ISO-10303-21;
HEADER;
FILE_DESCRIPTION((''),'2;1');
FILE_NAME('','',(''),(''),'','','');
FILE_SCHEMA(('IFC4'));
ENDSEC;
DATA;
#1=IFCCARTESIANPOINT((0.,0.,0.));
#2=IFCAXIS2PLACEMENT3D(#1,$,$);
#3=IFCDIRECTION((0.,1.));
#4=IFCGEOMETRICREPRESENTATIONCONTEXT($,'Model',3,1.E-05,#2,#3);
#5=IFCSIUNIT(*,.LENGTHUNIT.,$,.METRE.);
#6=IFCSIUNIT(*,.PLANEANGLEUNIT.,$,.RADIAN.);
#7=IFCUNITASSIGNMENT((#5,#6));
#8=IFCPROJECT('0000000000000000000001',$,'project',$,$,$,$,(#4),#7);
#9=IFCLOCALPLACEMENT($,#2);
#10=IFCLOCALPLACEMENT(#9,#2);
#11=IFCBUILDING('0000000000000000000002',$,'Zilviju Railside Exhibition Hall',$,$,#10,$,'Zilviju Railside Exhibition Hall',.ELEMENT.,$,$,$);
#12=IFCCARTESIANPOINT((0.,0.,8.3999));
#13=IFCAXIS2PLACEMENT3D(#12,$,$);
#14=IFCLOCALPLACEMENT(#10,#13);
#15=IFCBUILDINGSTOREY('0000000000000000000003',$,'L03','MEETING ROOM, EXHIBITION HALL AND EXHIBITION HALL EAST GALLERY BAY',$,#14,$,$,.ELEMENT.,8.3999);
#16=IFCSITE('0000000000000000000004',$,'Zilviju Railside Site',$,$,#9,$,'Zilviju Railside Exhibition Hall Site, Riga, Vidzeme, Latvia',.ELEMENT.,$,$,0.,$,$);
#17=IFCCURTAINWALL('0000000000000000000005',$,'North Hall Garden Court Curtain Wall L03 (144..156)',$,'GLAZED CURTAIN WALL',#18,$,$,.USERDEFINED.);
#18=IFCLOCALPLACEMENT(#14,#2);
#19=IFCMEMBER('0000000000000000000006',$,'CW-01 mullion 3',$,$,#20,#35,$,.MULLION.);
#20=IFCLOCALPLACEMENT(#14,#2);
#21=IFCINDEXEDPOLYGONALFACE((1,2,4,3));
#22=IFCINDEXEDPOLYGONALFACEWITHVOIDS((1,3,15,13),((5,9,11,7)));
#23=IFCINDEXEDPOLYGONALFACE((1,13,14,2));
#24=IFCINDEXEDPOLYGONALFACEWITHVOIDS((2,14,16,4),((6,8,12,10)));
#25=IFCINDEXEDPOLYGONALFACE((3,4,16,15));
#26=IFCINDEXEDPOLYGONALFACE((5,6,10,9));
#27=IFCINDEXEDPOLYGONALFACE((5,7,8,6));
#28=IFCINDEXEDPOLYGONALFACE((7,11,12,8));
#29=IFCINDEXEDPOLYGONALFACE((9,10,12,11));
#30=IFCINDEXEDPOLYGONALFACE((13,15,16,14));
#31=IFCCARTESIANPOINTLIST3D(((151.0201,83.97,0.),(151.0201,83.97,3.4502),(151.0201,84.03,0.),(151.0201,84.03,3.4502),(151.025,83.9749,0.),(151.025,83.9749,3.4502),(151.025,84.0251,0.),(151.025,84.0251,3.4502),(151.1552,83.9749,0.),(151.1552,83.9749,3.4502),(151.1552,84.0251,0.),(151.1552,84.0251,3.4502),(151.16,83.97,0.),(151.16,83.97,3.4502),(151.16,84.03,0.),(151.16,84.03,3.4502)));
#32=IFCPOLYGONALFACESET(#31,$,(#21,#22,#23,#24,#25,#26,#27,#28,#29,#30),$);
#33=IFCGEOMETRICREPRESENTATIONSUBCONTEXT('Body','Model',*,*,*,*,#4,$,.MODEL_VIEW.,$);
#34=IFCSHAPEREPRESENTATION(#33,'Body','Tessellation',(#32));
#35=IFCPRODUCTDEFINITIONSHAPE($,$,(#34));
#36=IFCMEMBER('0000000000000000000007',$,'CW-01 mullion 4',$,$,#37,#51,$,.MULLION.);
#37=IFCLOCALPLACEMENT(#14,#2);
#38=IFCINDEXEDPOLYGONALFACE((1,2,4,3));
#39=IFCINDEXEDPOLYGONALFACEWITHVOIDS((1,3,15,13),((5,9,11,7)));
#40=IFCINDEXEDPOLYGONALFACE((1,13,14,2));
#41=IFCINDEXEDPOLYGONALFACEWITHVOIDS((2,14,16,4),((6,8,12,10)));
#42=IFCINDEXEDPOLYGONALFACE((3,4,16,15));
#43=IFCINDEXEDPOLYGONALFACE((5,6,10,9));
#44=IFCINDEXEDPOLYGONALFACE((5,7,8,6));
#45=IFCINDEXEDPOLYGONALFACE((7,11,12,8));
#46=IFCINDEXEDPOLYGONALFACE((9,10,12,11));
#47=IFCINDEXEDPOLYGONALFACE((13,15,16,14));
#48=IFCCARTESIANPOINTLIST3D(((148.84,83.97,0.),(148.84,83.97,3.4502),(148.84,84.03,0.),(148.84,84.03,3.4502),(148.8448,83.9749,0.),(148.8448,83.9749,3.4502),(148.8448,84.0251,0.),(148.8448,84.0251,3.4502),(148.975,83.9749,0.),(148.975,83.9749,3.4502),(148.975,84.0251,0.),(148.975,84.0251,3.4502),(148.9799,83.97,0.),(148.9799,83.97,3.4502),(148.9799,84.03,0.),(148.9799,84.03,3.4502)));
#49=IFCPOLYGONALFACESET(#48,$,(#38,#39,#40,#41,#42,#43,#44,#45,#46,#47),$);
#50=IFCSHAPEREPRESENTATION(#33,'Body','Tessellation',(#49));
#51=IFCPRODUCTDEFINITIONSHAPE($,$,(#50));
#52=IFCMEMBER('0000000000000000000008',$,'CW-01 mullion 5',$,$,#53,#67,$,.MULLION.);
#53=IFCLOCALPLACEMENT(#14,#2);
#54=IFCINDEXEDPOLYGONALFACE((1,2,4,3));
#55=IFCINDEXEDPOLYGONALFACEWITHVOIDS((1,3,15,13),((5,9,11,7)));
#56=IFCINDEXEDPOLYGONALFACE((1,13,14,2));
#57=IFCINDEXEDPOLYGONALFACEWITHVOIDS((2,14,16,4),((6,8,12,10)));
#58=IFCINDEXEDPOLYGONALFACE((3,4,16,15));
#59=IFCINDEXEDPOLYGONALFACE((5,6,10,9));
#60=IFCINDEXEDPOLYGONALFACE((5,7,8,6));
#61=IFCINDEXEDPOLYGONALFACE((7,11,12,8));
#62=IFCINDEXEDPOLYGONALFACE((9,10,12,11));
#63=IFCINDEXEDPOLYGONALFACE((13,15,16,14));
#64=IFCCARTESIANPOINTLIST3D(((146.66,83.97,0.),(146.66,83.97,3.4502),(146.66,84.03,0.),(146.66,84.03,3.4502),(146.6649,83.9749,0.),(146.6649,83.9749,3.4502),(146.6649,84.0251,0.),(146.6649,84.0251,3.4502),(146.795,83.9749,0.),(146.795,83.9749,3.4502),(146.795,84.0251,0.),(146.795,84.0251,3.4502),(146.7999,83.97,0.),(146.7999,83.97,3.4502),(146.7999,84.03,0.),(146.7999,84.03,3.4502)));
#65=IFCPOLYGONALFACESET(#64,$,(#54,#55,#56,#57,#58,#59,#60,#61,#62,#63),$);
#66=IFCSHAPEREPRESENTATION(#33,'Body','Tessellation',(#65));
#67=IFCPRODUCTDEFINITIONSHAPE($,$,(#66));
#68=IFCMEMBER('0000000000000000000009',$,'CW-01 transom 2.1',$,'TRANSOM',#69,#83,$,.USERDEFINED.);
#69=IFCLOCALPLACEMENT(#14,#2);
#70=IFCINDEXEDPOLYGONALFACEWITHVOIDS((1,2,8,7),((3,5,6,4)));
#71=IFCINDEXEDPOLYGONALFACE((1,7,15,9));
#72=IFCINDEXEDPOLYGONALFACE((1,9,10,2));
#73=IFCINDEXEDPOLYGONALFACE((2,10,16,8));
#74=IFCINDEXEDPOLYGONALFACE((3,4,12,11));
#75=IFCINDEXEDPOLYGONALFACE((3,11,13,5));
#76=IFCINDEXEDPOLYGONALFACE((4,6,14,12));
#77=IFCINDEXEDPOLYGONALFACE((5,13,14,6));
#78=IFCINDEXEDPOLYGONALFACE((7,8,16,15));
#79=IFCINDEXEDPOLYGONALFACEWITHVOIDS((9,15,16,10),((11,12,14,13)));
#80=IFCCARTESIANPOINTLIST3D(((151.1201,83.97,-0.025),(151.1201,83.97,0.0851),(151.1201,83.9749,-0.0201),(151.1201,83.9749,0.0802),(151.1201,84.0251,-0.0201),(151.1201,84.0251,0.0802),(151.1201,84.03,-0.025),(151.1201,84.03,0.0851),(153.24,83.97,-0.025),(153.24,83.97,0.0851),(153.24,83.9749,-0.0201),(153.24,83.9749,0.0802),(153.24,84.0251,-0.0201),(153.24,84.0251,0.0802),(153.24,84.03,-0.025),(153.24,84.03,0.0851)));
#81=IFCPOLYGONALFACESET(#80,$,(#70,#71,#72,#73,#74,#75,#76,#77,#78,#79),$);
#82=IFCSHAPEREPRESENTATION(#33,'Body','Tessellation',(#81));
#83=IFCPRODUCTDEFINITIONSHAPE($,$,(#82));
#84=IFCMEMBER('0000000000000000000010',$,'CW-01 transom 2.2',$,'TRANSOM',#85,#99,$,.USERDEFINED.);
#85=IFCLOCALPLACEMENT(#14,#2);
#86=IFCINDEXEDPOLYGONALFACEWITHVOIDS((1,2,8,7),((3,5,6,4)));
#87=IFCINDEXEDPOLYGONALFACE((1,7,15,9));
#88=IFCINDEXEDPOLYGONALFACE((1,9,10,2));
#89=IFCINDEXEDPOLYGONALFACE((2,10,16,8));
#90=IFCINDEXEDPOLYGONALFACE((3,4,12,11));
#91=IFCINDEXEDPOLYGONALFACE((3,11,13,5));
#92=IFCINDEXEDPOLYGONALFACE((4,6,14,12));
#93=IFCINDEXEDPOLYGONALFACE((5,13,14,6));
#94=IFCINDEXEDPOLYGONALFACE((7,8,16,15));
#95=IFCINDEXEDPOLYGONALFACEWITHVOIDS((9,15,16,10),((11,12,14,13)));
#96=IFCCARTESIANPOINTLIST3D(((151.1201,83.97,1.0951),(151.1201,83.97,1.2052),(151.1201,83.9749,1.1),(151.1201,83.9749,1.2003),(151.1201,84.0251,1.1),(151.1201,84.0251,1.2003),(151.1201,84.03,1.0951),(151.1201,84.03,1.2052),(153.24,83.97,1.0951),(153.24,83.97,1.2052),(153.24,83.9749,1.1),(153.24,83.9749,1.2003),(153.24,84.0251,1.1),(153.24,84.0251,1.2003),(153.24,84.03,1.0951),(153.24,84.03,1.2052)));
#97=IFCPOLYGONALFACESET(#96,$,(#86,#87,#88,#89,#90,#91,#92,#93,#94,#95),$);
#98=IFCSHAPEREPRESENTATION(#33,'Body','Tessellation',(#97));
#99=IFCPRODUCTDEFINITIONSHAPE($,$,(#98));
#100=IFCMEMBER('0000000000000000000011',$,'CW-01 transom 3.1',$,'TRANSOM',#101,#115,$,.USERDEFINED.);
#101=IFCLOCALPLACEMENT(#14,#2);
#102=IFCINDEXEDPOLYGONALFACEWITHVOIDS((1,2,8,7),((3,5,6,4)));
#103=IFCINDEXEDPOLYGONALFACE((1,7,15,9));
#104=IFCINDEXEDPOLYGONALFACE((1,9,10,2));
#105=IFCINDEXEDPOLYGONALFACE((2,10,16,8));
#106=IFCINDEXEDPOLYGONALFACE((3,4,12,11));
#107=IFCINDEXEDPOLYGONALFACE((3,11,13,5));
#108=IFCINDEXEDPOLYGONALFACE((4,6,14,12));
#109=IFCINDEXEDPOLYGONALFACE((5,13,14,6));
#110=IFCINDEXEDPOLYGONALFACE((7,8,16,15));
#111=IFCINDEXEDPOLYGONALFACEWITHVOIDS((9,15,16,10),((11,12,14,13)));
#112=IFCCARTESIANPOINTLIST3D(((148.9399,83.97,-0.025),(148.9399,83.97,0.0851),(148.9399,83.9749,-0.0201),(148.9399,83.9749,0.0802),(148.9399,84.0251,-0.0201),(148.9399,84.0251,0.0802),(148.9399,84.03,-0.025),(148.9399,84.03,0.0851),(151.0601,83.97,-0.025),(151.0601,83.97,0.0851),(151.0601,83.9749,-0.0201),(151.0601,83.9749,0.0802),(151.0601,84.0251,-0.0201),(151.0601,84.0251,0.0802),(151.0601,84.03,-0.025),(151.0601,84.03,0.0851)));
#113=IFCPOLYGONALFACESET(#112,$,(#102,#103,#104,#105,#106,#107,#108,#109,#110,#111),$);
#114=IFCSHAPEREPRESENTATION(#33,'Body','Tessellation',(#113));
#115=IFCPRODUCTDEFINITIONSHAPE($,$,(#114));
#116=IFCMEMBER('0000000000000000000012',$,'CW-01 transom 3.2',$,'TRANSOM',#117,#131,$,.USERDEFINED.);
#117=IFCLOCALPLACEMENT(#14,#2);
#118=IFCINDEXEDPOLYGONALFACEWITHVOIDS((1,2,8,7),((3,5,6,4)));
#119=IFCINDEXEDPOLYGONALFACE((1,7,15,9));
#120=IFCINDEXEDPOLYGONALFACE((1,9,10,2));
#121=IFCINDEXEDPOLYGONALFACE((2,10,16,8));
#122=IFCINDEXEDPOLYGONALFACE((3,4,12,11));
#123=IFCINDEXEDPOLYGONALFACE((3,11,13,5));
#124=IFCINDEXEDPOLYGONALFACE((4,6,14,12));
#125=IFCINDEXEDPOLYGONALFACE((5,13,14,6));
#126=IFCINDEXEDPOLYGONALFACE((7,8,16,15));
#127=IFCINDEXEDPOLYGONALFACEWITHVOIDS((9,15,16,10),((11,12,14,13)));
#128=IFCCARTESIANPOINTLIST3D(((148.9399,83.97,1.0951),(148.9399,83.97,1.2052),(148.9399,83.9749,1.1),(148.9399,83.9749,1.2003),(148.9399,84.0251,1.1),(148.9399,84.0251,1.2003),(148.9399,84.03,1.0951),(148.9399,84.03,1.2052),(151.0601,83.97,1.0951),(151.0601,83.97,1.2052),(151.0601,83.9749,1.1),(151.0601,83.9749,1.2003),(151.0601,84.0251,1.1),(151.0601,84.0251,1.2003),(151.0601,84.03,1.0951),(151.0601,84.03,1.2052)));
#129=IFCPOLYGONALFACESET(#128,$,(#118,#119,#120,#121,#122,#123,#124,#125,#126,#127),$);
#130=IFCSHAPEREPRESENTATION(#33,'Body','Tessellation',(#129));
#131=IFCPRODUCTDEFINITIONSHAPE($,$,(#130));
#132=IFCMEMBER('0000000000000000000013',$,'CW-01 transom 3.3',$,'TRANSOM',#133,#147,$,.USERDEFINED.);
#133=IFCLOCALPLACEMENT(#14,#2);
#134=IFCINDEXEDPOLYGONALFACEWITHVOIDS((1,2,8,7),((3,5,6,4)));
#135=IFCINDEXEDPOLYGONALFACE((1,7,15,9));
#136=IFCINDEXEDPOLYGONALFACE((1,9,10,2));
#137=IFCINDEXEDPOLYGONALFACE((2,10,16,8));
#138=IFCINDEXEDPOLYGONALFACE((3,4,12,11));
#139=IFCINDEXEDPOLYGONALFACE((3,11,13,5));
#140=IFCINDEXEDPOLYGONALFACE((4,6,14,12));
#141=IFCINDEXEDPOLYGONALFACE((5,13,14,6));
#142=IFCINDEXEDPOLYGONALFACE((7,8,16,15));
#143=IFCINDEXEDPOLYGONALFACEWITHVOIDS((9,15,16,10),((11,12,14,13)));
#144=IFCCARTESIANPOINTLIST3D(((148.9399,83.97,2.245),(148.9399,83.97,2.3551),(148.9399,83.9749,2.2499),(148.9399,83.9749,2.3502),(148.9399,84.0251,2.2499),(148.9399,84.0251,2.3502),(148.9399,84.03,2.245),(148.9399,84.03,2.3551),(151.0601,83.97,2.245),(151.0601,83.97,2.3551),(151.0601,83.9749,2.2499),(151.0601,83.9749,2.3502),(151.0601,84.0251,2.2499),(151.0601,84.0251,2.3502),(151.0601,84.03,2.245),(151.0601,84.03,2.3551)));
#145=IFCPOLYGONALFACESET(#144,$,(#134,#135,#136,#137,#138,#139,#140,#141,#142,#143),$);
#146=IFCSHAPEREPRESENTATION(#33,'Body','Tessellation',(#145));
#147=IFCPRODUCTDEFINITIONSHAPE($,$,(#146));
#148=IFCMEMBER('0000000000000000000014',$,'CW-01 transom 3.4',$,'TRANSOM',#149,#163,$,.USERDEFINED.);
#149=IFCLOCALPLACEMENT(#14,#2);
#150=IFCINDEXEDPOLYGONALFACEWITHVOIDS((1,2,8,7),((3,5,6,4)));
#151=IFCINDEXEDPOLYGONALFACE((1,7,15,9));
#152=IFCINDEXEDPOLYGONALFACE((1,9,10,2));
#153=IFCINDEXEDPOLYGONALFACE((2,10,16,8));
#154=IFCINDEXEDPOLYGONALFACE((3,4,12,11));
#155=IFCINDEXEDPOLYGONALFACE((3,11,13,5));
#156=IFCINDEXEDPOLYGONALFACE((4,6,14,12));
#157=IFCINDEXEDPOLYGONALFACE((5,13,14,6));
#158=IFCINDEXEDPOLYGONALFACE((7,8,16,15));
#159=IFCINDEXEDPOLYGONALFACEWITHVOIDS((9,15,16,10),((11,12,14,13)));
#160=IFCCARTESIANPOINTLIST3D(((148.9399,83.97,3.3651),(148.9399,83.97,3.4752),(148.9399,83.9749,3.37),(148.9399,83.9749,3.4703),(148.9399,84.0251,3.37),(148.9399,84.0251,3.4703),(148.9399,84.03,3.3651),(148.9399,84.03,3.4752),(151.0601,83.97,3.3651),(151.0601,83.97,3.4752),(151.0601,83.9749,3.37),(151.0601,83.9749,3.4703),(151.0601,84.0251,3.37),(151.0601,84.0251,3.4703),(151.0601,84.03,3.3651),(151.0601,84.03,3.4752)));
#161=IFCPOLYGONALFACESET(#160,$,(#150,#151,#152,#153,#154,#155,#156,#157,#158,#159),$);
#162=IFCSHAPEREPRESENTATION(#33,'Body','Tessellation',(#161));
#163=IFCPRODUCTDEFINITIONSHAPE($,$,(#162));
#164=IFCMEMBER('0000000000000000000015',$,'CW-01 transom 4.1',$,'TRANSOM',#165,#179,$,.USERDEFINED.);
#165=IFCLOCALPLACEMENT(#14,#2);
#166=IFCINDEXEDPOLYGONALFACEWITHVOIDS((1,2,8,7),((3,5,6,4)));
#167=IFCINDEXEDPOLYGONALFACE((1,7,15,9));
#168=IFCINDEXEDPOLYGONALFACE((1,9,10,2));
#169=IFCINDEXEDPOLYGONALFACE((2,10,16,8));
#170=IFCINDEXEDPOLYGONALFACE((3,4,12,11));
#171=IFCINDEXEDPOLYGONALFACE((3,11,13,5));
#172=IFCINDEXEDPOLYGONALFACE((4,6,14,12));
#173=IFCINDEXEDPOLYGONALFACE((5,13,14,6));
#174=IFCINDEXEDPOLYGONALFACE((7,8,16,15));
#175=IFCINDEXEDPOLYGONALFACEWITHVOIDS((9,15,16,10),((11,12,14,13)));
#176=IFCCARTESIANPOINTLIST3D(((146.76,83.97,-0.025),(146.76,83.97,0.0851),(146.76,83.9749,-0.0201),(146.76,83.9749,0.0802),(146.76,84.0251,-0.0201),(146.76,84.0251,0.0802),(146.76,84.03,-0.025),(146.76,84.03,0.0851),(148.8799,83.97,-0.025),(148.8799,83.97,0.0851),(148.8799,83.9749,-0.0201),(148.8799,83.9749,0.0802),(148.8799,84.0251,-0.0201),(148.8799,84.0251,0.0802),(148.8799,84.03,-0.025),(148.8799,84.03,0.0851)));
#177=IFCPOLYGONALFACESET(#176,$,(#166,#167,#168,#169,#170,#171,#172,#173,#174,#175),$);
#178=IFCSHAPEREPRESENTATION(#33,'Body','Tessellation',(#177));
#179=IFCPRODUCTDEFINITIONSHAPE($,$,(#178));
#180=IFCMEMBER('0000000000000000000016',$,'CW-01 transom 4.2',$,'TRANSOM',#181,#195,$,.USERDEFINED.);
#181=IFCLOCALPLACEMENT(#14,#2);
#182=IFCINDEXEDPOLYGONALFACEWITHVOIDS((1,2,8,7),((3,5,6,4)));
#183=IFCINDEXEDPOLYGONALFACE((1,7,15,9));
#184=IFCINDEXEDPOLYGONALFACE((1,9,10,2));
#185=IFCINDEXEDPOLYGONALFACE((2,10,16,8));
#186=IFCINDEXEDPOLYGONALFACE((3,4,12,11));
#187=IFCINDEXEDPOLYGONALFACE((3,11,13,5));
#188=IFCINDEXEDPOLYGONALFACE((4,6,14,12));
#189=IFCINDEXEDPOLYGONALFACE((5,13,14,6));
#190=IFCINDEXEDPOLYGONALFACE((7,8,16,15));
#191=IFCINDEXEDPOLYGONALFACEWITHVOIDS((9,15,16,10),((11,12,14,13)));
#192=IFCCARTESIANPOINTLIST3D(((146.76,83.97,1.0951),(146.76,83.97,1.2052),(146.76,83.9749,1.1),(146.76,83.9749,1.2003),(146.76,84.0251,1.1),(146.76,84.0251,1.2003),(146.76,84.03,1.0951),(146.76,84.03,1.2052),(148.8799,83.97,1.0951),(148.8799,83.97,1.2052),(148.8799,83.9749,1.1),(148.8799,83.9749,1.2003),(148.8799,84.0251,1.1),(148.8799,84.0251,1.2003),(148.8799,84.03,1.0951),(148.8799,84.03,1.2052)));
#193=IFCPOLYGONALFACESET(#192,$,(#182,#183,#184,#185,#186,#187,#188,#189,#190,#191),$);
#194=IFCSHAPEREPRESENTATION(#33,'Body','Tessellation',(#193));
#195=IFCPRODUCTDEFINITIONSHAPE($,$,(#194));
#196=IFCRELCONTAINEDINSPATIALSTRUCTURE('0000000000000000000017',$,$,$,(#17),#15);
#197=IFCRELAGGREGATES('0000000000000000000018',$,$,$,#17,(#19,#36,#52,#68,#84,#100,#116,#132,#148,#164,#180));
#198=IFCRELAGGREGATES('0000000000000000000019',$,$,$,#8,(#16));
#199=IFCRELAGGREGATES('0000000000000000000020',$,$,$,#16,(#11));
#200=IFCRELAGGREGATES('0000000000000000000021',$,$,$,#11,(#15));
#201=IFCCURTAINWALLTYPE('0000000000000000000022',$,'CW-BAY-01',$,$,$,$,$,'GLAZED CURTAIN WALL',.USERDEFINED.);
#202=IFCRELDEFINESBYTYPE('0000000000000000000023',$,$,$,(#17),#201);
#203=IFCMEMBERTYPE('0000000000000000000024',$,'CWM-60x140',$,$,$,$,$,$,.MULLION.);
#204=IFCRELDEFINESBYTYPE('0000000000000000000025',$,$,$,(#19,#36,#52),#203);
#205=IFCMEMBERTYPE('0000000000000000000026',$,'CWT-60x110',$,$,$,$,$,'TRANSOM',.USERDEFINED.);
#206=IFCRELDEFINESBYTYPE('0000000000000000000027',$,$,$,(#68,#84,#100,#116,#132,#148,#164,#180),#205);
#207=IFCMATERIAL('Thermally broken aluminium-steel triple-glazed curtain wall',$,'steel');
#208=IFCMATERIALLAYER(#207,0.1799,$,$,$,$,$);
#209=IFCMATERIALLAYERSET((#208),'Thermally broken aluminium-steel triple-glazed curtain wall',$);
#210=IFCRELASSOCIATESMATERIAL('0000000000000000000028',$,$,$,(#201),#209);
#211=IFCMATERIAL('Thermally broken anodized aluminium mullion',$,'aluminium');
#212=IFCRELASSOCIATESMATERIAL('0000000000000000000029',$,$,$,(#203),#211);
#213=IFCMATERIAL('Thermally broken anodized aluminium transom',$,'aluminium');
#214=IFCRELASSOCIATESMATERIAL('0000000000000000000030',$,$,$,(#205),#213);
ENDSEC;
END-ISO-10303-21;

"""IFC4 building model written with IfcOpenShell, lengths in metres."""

from ifc_helpers import new_model, si_unit, direction, frame, origin, origin_2d, place, context, subcontext, project, spatial, hollow_rectangle, extrude, material, layer, layer_set, material_profile, profile_set, type_object, element, aggregate, save


model = new_model("IFC4")

# Units and contexts
model_context = context("Model", 3, precision=1e-05, world=origin(), true_north=direction((0.0, 1.0)))
body_context = subcontext(model_context, "Body", "Model", "MODEL_VIEW")
ifc_project = project(units=[si_unit("LENGTHUNIT", "METRE"), si_unit("PLANEANGLEUNIT", "RADIAN")], contexts=[model_context])

# Site, building, storey
site_placement = place(None, origin())
site = spatial("IfcSite", under=ifc_project, at=site_placement, Name="Zilviju Railside Site", LongName="Zilviju Railside Exhibition Hall Site, Riga, Vidzeme, Latvia", CompositionType="ELEMENT", RefElevation=0.0)
building_placement = place(site_placement, origin())
building = spatial("IfcBuilding", under=site, at=building_placement, Name="Zilviju Railside Exhibition Hall", LongName="Zilviju Railside Exhibition Hall", CompositionType="ELEMENT")
storey_placement = place(building_placement, frame((0.0, 0.0, 8.3999)))
storey = spatial("IfcBuildingStorey", under=building, at=storey_placement, Name="L03", Description="MEETING ROOM, EXHIBITION HALL AND EXHIBITION HALL EAST GALLERY BAY", CompositionType="ELEMENT", Elevation=8.3999)

# Curtain wall, members
ifc_material_1 = material(Name="Thermally broken aluminium-steel triple-glazed curtain wall", Category="steel")
ifc_layer_1 = layer(ifc_material_1, 0.1799)
ifc_layer_set_1 = layer_set([ifc_layer_1], Name="Thermally broken aluminium-steel triple-glazed curtain wall")
curtain_wall_type = type_object("IfcCurtainWallType", Name="CW-BAY-01", ElementType="GLAZED CURTAIN WALL", PredefinedType="USERDEFINED", material=ifc_layer_set_1)
curtain_wall_placement = place(storey_placement, origin())
curtain_wall = element("IfcCurtainWall", 1, at=curtain_wall_placement, inside=storey, type_object=curtain_wall_type, Name="North Hall Garden Court Curtain Wall L03 (144..156)", ObjectType="GLAZED CURTAIN WALL", PredefinedType="USERDEFINED")
ifc_material_2 = material(Name="Thermally broken anodized aluminium mullion", Category="aluminium")
ifc_material_profile_1 = material_profile(ifc_material_2, hollow_rectangle(XDim=0.0601, YDim=0.1399, WallThickness=0.0049, at=origin_2d()), Name="MULLION 140x60x5")
ifc_profile_set_1 = profile_set([ifc_material_profile_1], Name="Thermally broken anodized aluminium mullion")
member_type_1 = type_object("IfcMemberType", Name="CWM-60x140", PredefinedType="MULLION", material=ifc_profile_set_1)
member_1_placement = place(storey_placement, frame((151.0901, 84.0, 0.0), z_axis=(0.0, 0.0, 1.0), x_axis=(0.0, -1.0, 0.0)))
member_1 = element("IfcMember", 2, at=member_1_placement, type_object=member_type_1, Name="CW-01 mullion 3", PredefinedType="MULLION", context=body_context, shape_type="SweptSolid", body=[
    extrude(hollow_rectangle(XDim=0.0601, YDim=0.1399, WallThickness=0.0049, at=origin_2d()), origin(), (0.0, 0.0, 1.0), 3.4502),
])
member_2_placement = place(storey_placement, frame((148.9099, 84.0, 0.0), z_axis=(0.0, 0.0, 1.0), x_axis=(0.0, -1.0, 0.0)))
member_2 = element("IfcMember", 3, at=member_2_placement, type_object=member_type_1, Name="CW-01 mullion 4", PredefinedType="MULLION", context=body_context, shape_type="SweptSolid", body=[
    extrude(hollow_rectangle(XDim=0.0601, YDim=0.1399, WallThickness=0.0049, at=origin_2d()), origin(), (0.0, 0.0, 1.0), 3.4502),
])
member_3_placement = place(storey_placement, frame((146.73, 84.0, 0.0), z_axis=(0.0, 0.0, 1.0), x_axis=(0.0, -1.0, 0.0)))
member_3 = element("IfcMember", 4, at=member_3_placement, type_object=member_type_1, Name="CW-01 mullion 5", PredefinedType="MULLION", context=body_context, shape_type="SweptSolid", body=[
    extrude(hollow_rectangle(XDim=0.0601, YDim=0.1399, WallThickness=0.0049, at=origin_2d()), origin(), (0.0, 0.0, 1.0), 3.4502),
])
ifc_material_3 = material(Name="Thermally broken anodized aluminium transom", Category="aluminium")
ifc_material_profile_2 = material_profile(ifc_material_3, hollow_rectangle(XDim=0.0601, YDim=0.1101, WallThickness=0.0049, at=origin_2d()), Name="TRANSOM 110x60x5")
ifc_profile_set_2 = profile_set([ifc_material_profile_2], Name="Thermally broken anodized aluminium transom")
member_type_2 = type_object("IfcMemberType", Name="CWT-60x110", ElementType="TRANSOM", PredefinedType="USERDEFINED", material=ifc_profile_set_2)
member_4_placement = place(storey_placement, frame((153.24, 84.0, 0.03), z_axis=(-1.0, 0.0, 0.0), x_axis=(0.0, -1.0, 0.0)))
member_4 = element("IfcMember", 5, at=member_4_placement, type_object=member_type_2, Name="CW-01 transom 2.1", ObjectType="TRANSOM", PredefinedType="USERDEFINED", context=body_context, shape_type="SweptSolid", body=[
    extrude(hollow_rectangle(XDim=0.0601, YDim=0.1101, WallThickness=0.0049, at=origin_2d()), origin(), (0.0, 0.0, 1.0), 2.1199),
])
member_5_placement = place(storey_placement, frame((153.24, 84.0, 1.1501), z_axis=(-1.0, 0.0, 0.0), x_axis=(0.0, -1.0, 0.0)))
member_5 = element("IfcMember", 6, at=member_5_placement, type_object=member_type_2, Name="CW-01 transom 2.2", ObjectType="TRANSOM", PredefinedType="USERDEFINED", context=body_context, shape_type="SweptSolid", body=[
    extrude(hollow_rectangle(XDim=0.0601, YDim=0.1101, WallThickness=0.0049, at=origin_2d()), origin(), (0.0, 0.0, 1.0), 2.1199),
])
member_6_placement = place(storey_placement, frame((151.0601, 84.0, 0.03), z_axis=(-1.0, 0.0, 0.0), x_axis=(0.0, -1.0, 0.0)))
member_6 = element("IfcMember", 7, at=member_6_placement, type_object=member_type_2, Name="CW-01 transom 3.1", ObjectType="TRANSOM", PredefinedType="USERDEFINED", context=body_context, shape_type="SweptSolid", body=[
    extrude(hollow_rectangle(XDim=0.0601, YDim=0.1101, WallThickness=0.0049, at=origin_2d()), origin(), (0.0, 0.0, 1.0), 2.1201),
])
member_7_placement = place(storey_placement, frame((151.0601, 84.0, 1.1501), z_axis=(-1.0, 0.0, 0.0), x_axis=(0.0, -1.0, 0.0)))
member_7 = element("IfcMember", 8, at=member_7_placement, type_object=member_type_2, Name="CW-01 transom 3.2", ObjectType="TRANSOM", PredefinedType="USERDEFINED", context=body_context, shape_type="SweptSolid", body=[
    extrude(hollow_rectangle(XDim=0.0601, YDim=0.1101, WallThickness=0.0049, at=origin_2d()), origin(), (0.0, 0.0, 1.0), 2.1201),
])
member_8_placement = place(storey_placement, frame((151.0601, 84.0, 2.3), z_axis=(-1.0, 0.0, 0.0), x_axis=(0.0, -1.0, 0.0)))
member_8 = element("IfcMember", 9, at=member_8_placement, type_object=member_type_2, Name="CW-01 transom 3.3", ObjectType="TRANSOM", PredefinedType="USERDEFINED", context=body_context, shape_type="SweptSolid", body=[
    extrude(hollow_rectangle(XDim=0.0601, YDim=0.1101, WallThickness=0.0049, at=origin_2d()), origin(), (0.0, 0.0, 1.0), 2.1201),
])
member_9_placement = place(storey_placement, frame((151.0601, 84.0, 3.4202), z_axis=(-1.0, 0.0, 0.0), x_axis=(0.0, -1.0, 0.0)))
member_9 = element("IfcMember", 10, at=member_9_placement, type_object=member_type_2, Name="CW-01 transom 3.4", ObjectType="TRANSOM", PredefinedType="USERDEFINED", context=body_context, shape_type="SweptSolid", body=[
    extrude(hollow_rectangle(XDim=0.0601, YDim=0.1101, WallThickness=0.0049, at=origin_2d()), origin(), (0.0, 0.0, 1.0), 2.1201),
])
member_10_placement = place(storey_placement, frame((148.8799, 84.0, 0.03), z_axis=(-1.0, 0.0, 0.0), x_axis=(0.0, -1.0, 0.0)))
member_10 = element("IfcMember", 11, at=member_10_placement, type_object=member_type_2, Name="CW-01 transom 4.1", ObjectType="TRANSOM", PredefinedType="USERDEFINED", context=body_context, shape_type="SweptSolid", body=[
    extrude(hollow_rectangle(XDim=0.0601, YDim=0.1101, WallThickness=0.0049, at=origin_2d()), origin(), (0.0, 0.0, 1.0), 2.1199),
])
member_11_placement = place(storey_placement, frame((148.8799, 84.0, 1.1501), z_axis=(-1.0, 0.0, 0.0), x_axis=(0.0, -1.0, 0.0)))
member_11 = element("IfcMember", 12, at=member_11_placement, type_object=member_type_2, Name="CW-01 transom 4.2", ObjectType="TRANSOM", PredefinedType="USERDEFINED", context=body_context, shape_type="SweptSolid", body=[
    extrude(hollow_rectangle(XDim=0.0601, YDim=0.1101, WallThickness=0.0049, at=origin_2d()), origin(), (0.0, 0.0, 1.0), 2.1199),
])
aggregate(curtain_wall, [member_1, member_2, member_3, member_4, member_5, member_6, member_7, member_8, member_9, member_10, member_11])

save(model, "model.ifc")
